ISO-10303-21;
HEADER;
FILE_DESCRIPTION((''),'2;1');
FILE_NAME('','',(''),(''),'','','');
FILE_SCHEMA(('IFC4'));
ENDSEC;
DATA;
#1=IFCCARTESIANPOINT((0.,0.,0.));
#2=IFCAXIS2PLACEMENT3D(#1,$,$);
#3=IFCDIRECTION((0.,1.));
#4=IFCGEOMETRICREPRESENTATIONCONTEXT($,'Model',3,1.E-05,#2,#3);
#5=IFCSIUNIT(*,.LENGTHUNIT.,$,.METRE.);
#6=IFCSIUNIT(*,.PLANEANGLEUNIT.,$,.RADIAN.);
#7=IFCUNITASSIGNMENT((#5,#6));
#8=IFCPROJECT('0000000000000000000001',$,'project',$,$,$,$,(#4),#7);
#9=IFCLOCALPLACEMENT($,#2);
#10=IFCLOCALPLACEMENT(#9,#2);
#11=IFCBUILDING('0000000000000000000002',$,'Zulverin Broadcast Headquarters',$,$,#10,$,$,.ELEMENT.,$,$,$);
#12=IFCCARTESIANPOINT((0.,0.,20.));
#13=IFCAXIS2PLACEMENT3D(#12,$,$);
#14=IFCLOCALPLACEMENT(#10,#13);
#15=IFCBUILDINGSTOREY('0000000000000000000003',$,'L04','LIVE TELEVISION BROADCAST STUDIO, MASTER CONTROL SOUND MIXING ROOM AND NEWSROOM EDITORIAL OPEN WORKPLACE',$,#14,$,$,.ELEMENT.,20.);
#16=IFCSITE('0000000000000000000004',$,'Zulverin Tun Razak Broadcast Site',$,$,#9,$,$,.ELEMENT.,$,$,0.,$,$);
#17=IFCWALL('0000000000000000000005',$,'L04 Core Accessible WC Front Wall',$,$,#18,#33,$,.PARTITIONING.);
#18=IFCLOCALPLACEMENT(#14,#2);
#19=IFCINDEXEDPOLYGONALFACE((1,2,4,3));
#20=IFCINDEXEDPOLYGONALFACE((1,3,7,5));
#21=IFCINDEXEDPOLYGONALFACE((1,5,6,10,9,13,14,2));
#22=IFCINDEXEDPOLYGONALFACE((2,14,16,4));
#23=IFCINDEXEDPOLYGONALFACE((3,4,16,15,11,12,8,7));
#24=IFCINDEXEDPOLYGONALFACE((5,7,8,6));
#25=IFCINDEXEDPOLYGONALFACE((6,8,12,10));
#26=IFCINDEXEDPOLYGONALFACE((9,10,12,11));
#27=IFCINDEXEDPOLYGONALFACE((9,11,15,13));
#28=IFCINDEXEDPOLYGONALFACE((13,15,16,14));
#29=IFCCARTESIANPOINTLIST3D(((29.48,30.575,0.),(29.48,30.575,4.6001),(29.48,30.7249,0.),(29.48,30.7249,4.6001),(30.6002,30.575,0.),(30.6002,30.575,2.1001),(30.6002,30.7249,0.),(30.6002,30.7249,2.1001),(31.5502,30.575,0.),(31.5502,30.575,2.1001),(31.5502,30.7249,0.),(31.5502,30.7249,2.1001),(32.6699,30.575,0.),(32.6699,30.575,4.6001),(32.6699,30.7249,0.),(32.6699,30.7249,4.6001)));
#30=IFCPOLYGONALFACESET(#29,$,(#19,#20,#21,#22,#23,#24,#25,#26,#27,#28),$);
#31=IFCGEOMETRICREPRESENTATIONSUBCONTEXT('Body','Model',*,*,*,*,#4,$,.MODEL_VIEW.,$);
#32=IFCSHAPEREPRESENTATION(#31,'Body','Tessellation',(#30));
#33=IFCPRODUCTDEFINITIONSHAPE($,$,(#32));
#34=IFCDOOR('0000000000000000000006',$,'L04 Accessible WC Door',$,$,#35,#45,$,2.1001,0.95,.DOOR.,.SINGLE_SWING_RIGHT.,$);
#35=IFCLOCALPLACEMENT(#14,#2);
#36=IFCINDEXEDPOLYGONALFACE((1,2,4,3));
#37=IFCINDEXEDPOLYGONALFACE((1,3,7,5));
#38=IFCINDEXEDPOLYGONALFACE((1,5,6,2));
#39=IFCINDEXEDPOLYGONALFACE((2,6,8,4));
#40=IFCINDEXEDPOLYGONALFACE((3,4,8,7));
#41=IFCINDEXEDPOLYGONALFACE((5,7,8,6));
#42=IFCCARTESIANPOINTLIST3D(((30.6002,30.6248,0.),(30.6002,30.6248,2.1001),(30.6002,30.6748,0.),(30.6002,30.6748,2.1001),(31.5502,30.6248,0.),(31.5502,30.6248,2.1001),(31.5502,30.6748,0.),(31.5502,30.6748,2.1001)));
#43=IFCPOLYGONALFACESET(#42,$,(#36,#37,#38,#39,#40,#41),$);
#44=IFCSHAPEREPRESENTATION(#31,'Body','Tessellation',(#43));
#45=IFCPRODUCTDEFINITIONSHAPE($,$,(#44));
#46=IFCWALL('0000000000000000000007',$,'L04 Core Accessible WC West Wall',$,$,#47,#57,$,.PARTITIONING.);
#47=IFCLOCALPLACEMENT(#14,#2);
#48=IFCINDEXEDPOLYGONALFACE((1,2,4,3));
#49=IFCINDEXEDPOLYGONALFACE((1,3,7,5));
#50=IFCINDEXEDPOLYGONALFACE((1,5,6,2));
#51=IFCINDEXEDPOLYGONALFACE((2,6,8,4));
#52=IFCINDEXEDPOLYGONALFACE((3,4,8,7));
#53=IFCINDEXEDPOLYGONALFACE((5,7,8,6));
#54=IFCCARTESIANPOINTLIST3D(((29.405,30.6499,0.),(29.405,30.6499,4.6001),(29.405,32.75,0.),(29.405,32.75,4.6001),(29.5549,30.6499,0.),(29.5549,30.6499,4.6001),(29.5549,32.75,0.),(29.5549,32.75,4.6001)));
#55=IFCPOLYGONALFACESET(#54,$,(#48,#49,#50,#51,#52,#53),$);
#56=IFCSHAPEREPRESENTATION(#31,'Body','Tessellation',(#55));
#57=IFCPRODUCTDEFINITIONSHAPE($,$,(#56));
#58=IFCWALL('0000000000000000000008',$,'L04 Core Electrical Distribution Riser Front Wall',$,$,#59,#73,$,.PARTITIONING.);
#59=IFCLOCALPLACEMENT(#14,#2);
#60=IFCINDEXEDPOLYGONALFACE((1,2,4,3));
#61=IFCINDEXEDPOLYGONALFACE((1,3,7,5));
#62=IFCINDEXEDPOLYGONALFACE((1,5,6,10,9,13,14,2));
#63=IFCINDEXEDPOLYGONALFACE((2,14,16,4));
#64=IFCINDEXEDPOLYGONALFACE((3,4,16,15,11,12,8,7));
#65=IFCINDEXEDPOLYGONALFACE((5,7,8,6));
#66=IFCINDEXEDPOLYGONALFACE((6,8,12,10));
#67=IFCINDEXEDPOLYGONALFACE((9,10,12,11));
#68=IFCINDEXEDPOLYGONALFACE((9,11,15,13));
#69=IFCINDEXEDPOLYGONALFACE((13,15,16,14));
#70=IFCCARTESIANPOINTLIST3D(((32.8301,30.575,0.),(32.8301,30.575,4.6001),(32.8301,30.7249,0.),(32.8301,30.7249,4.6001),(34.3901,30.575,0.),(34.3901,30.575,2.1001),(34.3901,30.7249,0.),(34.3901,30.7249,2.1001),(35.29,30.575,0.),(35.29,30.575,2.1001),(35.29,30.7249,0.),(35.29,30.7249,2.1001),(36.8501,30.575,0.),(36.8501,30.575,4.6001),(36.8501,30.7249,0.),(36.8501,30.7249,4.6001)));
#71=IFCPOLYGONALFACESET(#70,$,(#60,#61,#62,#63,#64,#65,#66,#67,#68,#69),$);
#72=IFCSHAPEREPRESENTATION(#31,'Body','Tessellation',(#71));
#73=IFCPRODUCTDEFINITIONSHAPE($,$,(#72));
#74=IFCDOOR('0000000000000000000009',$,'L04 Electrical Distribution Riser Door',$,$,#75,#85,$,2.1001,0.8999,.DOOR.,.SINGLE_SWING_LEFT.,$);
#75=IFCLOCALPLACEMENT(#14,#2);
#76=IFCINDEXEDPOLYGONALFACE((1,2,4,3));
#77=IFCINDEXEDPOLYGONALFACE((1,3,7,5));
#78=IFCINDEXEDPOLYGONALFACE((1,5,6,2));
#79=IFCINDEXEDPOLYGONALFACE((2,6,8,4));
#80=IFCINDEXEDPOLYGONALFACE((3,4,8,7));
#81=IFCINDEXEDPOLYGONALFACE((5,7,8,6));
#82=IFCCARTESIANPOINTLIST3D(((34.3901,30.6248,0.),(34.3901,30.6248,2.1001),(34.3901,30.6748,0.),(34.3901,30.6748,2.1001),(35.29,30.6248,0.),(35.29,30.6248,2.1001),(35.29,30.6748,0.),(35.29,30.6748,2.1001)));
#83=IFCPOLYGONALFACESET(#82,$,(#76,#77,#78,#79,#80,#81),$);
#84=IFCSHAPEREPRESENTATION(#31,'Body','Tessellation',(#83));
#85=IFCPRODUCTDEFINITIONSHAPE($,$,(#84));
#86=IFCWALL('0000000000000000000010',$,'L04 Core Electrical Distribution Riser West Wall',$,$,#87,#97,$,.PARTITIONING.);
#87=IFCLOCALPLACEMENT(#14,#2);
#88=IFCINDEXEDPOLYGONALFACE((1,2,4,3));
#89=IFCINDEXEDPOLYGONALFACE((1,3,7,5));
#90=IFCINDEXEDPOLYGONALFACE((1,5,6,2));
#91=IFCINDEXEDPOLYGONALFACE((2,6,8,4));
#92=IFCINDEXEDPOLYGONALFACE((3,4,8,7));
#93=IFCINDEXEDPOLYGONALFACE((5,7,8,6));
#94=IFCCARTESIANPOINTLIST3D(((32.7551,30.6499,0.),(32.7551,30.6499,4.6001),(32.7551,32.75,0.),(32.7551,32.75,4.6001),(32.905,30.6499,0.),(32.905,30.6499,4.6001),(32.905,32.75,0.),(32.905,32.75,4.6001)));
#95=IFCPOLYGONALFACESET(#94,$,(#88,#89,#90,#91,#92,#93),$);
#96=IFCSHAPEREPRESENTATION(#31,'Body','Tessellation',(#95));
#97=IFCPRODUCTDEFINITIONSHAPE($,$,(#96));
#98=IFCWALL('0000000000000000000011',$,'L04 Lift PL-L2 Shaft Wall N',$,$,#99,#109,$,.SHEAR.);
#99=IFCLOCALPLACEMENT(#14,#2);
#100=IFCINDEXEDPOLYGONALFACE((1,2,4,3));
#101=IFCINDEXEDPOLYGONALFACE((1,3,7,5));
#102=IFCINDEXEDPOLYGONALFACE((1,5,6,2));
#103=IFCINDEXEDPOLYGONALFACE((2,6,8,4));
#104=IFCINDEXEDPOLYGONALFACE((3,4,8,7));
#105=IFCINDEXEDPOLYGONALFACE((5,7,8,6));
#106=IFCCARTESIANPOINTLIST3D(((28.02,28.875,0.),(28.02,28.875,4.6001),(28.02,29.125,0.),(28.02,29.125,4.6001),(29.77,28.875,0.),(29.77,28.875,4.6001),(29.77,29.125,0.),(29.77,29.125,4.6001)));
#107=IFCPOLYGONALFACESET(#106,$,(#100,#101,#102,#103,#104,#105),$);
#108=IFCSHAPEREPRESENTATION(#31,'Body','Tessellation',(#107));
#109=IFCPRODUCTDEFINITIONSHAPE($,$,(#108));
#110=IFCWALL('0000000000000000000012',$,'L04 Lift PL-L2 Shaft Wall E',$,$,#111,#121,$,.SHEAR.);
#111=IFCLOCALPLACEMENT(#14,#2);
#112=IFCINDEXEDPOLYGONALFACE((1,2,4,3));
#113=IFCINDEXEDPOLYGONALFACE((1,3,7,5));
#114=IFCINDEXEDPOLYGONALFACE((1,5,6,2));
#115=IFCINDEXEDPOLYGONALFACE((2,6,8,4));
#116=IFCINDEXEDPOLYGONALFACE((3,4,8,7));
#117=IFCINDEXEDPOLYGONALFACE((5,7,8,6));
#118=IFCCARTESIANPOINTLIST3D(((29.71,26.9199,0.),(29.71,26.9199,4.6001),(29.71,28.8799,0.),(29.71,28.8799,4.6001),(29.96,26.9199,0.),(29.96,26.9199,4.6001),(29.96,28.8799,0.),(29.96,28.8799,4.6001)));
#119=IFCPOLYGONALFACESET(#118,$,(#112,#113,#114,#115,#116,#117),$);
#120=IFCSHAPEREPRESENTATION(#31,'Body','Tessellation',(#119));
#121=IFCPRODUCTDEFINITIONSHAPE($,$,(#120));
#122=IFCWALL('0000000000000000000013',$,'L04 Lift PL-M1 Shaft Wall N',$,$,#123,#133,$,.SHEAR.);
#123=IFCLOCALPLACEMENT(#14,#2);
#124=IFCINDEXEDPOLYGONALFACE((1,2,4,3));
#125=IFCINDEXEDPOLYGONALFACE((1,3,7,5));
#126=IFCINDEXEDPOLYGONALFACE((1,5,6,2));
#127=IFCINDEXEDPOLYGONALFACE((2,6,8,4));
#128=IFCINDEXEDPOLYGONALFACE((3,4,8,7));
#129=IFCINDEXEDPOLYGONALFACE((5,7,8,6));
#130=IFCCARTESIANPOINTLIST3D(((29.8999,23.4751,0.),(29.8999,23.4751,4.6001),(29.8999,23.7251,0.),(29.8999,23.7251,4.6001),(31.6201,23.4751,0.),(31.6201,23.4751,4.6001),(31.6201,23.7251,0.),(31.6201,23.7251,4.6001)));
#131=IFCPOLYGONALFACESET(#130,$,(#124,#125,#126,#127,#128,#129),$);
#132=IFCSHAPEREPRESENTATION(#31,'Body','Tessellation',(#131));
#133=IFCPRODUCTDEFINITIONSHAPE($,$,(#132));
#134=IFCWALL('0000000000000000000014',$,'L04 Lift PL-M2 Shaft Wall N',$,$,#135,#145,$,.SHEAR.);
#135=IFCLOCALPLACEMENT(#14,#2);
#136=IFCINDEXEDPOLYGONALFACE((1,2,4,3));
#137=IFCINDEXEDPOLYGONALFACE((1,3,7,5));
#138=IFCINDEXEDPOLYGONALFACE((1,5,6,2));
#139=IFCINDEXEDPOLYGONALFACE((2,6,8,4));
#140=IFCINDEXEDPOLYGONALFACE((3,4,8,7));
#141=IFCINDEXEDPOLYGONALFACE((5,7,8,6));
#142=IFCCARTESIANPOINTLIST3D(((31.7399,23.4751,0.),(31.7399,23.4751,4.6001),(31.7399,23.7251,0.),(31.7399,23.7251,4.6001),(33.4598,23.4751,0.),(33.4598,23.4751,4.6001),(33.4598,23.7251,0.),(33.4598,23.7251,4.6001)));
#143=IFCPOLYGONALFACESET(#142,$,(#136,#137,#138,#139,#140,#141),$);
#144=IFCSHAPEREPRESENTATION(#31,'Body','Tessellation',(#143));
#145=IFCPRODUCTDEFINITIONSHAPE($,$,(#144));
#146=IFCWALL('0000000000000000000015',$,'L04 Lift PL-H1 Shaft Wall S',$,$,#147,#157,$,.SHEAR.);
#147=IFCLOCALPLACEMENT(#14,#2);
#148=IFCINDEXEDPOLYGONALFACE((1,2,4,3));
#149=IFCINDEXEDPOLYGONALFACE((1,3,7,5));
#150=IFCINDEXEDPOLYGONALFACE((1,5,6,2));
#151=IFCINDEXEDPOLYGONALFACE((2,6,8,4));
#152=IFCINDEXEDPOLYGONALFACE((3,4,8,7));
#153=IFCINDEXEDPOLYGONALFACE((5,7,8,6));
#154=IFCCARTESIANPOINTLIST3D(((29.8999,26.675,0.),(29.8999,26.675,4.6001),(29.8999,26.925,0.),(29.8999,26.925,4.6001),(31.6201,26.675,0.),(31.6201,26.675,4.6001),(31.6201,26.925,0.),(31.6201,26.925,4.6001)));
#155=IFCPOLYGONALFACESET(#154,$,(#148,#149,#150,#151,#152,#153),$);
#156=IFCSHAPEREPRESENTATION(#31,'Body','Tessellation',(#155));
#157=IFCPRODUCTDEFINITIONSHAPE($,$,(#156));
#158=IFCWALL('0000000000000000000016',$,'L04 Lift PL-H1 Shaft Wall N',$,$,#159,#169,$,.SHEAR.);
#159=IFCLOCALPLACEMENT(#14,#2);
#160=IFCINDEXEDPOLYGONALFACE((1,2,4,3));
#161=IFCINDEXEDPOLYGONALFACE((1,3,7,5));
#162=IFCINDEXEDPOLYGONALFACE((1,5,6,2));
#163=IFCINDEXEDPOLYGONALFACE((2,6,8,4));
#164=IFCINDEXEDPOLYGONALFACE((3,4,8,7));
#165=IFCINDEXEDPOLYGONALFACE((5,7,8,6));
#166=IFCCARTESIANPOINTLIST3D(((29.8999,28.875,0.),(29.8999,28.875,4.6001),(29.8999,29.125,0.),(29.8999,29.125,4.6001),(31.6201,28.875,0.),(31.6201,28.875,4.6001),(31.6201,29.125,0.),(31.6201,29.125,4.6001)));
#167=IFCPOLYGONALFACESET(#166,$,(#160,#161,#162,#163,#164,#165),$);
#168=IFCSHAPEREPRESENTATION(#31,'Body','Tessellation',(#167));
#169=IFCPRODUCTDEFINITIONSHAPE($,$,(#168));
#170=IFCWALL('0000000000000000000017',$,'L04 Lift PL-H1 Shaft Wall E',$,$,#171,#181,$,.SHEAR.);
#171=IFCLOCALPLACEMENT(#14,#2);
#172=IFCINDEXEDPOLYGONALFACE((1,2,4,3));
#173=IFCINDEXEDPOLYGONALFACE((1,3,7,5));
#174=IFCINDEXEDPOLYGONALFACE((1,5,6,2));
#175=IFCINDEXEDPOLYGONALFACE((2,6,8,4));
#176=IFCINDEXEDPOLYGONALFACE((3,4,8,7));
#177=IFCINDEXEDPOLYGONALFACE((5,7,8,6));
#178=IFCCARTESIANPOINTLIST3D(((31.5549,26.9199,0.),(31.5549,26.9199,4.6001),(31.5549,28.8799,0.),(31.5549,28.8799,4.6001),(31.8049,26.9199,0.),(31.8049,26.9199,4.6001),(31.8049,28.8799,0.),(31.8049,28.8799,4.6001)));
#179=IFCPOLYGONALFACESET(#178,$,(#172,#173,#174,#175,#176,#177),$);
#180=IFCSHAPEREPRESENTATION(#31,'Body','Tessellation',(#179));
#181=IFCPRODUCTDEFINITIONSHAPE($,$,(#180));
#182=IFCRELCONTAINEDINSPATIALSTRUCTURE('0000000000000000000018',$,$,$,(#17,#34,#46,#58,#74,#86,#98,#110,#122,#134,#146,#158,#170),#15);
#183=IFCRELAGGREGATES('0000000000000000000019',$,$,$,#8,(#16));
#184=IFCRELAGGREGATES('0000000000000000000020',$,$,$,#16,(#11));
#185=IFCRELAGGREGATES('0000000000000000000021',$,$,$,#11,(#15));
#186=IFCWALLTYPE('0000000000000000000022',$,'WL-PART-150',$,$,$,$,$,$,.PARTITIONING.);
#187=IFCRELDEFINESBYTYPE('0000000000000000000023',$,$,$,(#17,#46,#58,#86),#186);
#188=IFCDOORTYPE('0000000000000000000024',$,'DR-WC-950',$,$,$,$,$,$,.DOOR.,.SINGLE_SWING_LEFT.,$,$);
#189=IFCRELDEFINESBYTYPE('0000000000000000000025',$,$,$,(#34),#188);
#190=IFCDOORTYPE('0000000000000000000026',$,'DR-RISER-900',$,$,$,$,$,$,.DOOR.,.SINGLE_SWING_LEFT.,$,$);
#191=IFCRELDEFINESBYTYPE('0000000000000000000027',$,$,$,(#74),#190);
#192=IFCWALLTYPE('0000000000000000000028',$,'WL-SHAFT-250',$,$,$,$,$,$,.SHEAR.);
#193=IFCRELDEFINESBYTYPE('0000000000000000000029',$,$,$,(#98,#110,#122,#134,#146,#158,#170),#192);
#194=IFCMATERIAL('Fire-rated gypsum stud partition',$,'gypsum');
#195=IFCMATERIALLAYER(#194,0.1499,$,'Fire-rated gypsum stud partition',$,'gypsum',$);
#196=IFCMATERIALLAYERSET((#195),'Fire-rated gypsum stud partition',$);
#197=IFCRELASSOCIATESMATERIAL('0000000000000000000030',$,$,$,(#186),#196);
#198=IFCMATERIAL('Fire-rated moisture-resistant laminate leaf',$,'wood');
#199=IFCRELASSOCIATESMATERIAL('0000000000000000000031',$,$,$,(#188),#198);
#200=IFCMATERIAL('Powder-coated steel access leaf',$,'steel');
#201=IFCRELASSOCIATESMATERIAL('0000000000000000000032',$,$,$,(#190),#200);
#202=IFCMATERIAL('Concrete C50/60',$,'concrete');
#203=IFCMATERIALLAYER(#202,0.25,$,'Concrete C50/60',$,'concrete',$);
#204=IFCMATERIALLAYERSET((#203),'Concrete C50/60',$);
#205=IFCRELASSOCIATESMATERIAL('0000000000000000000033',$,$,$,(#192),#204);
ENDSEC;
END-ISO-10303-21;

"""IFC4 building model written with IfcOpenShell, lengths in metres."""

from ifc_helpers import new_model, si_unit, direction, frame, frame_2d, origin, place, context, subcontext, project, spatial, rectangle, extrude, material, layer, layer_set, type_object, element, fill, save


model = new_model("IFC4")

# Units and contexts
model_context = context("Model", 3, precision=1e-05, world=origin(), true_north=direction((0.0, 1.0)))
body_context = subcontext(model_context, "Body", "Model", "MODEL_VIEW")
ifc_project = project(units=[si_unit("LENGTHUNIT", "METRE"), si_unit("PLANEANGLEUNIT", "RADIAN")], contexts=[model_context])

# Site, building, storey
site_placement = place(None, origin())
site = spatial("IfcSite", under=ifc_project, at=site_placement, Name="Zulverin Tun Razak Broadcast Site", CompositionType="ELEMENT", RefElevation=0.0)
building_placement = place(site_placement, origin())
building = spatial("IfcBuilding", under=site, at=building_placement, Name="Zulverin Broadcast Headquarters", CompositionType="ELEMENT")
storey_placement = place(building_placement, frame((0.0, 0.0, 20.0)))
storey = spatial("IfcBuildingStorey", under=building, at=storey_placement, Name="L04", Description="LIVE TELEVISION BROADCAST STUDIO, MASTER CONTROL SOUND MIXING ROOM AND NEWSROOM EDITORIAL OPEN WORKPLACE", CompositionType="ELEMENT", Elevation=20.0)

# Wall, opening, door
ifc_material_1 = material(Name="Fire-rated gypsum stud partition", Category="gypsum")
ifc_layer_1 = layer(ifc_material_1, 0.1499, Name="Fire-rated gypsum stud partition", Category="gypsum")
ifc_layer_set_1 = layer_set([ifc_layer_1], Name="Fire-rated gypsum stud partition")
wall_type_1 = type_object("IfcWallType", Name="WL-PART-150", PredefinedType="PARTITIONING", material=ifc_layer_set_1)
wall_1_placement = place(storey_placement, frame((29.48, 30.6499, 0.0), z_axis=(0.0, 0.0, 1.0), x_axis=(1.0, 0.0, 0.0)))
wall_1 = element("IfcWall", 1, at=wall_1_placement, inside=storey, type_object=wall_type_1, Name="L04 Core Accessible WC Front Wall", PredefinedType="PARTITIONING", context=body_context, shape_type="SweptSolid", body=[
    extrude(rectangle(XDim=3.1899, YDim=0.1499, at=frame_2d((1.595, 0.0))), origin(), (0.0, 0.0, 1.0), 4.6001),
])
opening_1_placement = place(wall_1_placement, frame((1.1201, 0.0, 0.0)))
opening_1 = element("IfcOpeningElement", 2, at=opening_1_placement, cuts=wall_1, PredefinedType="OPENING", context=body_context, shape_type="SweptSolid", body=[
    extrude(rectangle(XDim=0.95, YDim=2.1001, at=frame_2d((0.4751, 1.05))), frame((0.0, 0.085, 0.0), z_axis=(0.0, -1.0, 0.0), x_axis=(1.0, 0.0, 0.0)), (0.0, 0.0, 1.0), 0.1699),
])
ifc_material_2 = material(Name="Fire-rated moisture-resistant laminate leaf", Category="wood")
door_type_1 = type_object("IfcDoorType", Name="DR-WC-950", OperationType="SINGLE_SWING_LEFT", PredefinedType="DOOR", material=ifc_material_2)
door_1_placement = place(opening_1_placement, origin())
door_1 = element("IfcDoor", 3, at=door_1_placement, inside=storey, type_object=door_type_1, Name="L04 Accessible WC Door", OperationType="SINGLE_SWING_RIGHT", OverallHeight=2.1001, OverallWidth=0.95, PredefinedType="DOOR", context=body_context, shape_type="SweptSolid", body=[
    extrude(rectangle(XDim=0.95, YDim=2.1001, at=frame_2d((0.4751, 1.05))), frame((0.0, 0.0249, 0.0), z_axis=(0.0, -1.0, 0.0), x_axis=(1.0, 0.0, 0.0)), (0.0, 0.0, 1.0), 0.05),
])
fill(opening_1, door_1)

# Wall
wall_2_placement = place(storey_placement, frame((29.48, 30.6499, 0.0), z_axis=(0.0, 0.0, 1.0), x_axis=(0.0, 1.0, 0.0)))
element("IfcWall", 4, at=wall_2_placement, inside=storey, type_object=wall_type_1, Name="L04 Core Accessible WC West Wall", PredefinedType="PARTITIONING", context=body_context, shape_type="SweptSolid", body=[
    extrude(rectangle(XDim=2.1001, YDim=0.1499, at=frame_2d((1.05, 0.0))), origin(), (0.0, 0.0, 1.0), 4.6001),
])

# Wall, opening, door
wall_3_placement = place(storey_placement, frame((32.8301, 30.6499, 0.0), z_axis=(0.0, 0.0, 1.0), x_axis=(1.0, 0.0, 0.0)))
wall_3 = element("IfcWall", 5, at=wall_3_placement, inside=storey, type_object=wall_type_1, Name="L04 Core Electrical Distribution Riser Front Wall", PredefinedType="PARTITIONING", context=body_context, shape_type="SweptSolid", body=[
    extrude(rectangle(XDim=4.02, YDim=0.1499, at=frame_2d((2.01, 0.0))), origin(), (0.0, 0.0, 1.0), 4.6001),
])
opening_2_placement = place(wall_3_placement, frame((1.5601, 0.0, 0.0)))
opening_2 = element("IfcOpeningElement", 6, at=opening_2_placement, cuts=wall_3, PredefinedType="OPENING", context=body_context, shape_type="SweptSolid", body=[
    extrude(rectangle(XDim=0.8999, YDim=2.1001, at=frame_2d((0.45, 1.05))), frame((0.0, 0.085, 0.0), z_axis=(0.0, -1.0, 0.0), x_axis=(1.0, 0.0, 0.0)), (0.0, 0.0, 1.0), 0.1699),
])
ifc_material_3 = material(Name="Powder-coated steel access leaf", Category="steel")
door_type_2 = type_object("IfcDoorType", Name="DR-RISER-900", OperationType="SINGLE_SWING_LEFT", PredefinedType="DOOR", material=ifc_material_3)
door_2_placement = place(opening_2_placement, origin())
door_2 = element("IfcDoor", 7, at=door_2_placement, inside=storey, type_object=door_type_2, Name="L04 Electrical Distribution Riser Door", OperationType="SINGLE_SWING_LEFT", OverallHeight=2.1001, OverallWidth=0.8999, PredefinedType="DOOR", context=body_context, shape_type="SweptSolid", body=[
    extrude(rectangle(XDim=0.8999, YDim=2.1001, at=frame_2d((0.45, 1.05))), frame((0.0, 0.0249, 0.0), z_axis=(0.0, -1.0, 0.0), x_axis=(1.0, 0.0, 0.0)), (0.0, 0.0, 1.0), 0.05),
])
fill(opening_2, door_2)

# Wall
wall_4_placement = place(storey_placement, frame((32.8301, 30.6499, 0.0), z_axis=(0.0, 0.0, 1.0), x_axis=(0.0, 1.0, 0.0)))
element("IfcWall", 8, at=wall_4_placement, inside=storey, type_object=wall_type_1, Name="L04 Core Electrical Distribution Riser West Wall", PredefinedType="PARTITIONING", context=body_context, shape_type="SweptSolid", body=[
    extrude(rectangle(XDim=2.1001, YDim=0.1499, at=frame_2d((1.05, 0.0))), origin(), (0.0, 0.0, 1.0), 4.6001),
])

# Shared definitions
ifc_material_4 = material(Name="Concrete C50/60", Category="concrete")
ifc_layer_2 = layer(ifc_material_4, 0.25, Name="Concrete C50/60", Category="concrete")
ifc_layer_set_2 = layer_set([ifc_layer_2], Name="Concrete C50/60")
wall_type_2 = type_object("IfcWallType", Name="WL-SHAFT-250", PredefinedType="SHEAR", material=ifc_layer_set_2)

# Walls
wall_5_placement = place(storey_placement, frame((28.02, 29.0, 0.0), z_axis=(0.0, 0.0, 1.0), x_axis=(1.0, 0.0, 0.0)))
element("IfcWall", 9, at=wall_5_placement, inside=storey, type_object=wall_type_2, Name="L04 Lift PL-L2 Shaft Wall N", PredefinedType="SHEAR", context=body_context, shape_type="SweptSolid", body=[
    extrude(rectangle(XDim=1.75, YDim=0.25, at=frame_2d((0.875, 0.0))), origin(), (0.0, 0.0, 1.0), 4.6001),
])
wall_6_placement = place(storey_placement, frame((29.835, 26.9199, 0.0), z_axis=(0.0, 0.0, 1.0), x_axis=(0.0, 1.0, 0.0)))
element("IfcWall", 10, at=wall_6_placement, inside=storey, type_object=wall_type_2, Name="L04 Lift PL-L2 Shaft Wall E", PredefinedType="SHEAR", context=body_context, shape_type="SweptSolid", body=[
    extrude(rectangle(XDim=1.96, YDim=0.25, at=frame_2d((0.98, 0.0))), origin(), (0.0, 0.0, 1.0), 4.6001),
])
wall_7_placement = place(storey_placement, frame((29.8999, 23.6001, 0.0), z_axis=(0.0, 0.0, 1.0), x_axis=(1.0, 0.0, 0.0)))
element("IfcWall", 11, at=wall_7_placement, inside=storey, type_object=wall_type_2, Name="L04 Lift PL-M1 Shaft Wall N", PredefinedType="SHEAR", context=body_context, shape_type="SweptSolid", body=[
    extrude(rectangle(XDim=1.7202, YDim=0.25, at=frame_2d((0.8601, 0.0))), origin(), (0.0, 0.0, 1.0), 4.6001),
])
wall_8_placement = place(storey_placement, frame((31.74, 23.6001, 0.0), z_axis=(0.0, 0.0, 1.0), x_axis=(1.0, 0.0, 0.0)))
element("IfcWall", 12, at=wall_8_placement, inside=storey, type_object=wall_type_2, Name="L04 Lift PL-M2 Shaft Wall N", PredefinedType="SHEAR", context=body_context, shape_type="SweptSolid", body=[
    extrude(rectangle(XDim=1.72, YDim=0.25, at=frame_2d((0.8599, 0.0))), origin(), (0.0, 0.0, 1.0), 4.6001),
])
for number, where, z_axis, x_axis, name in (
    (13, (29.8999, 26.8, 0.0), (0.0, 0.0, 1.0), (1.0, 0.0, 0.0), "L04 Lift PL-H1 Shaft Wall S"),
    (14, (29.8999, 29.0, 0.0), (0.0, 0.0, 1.0), (1.0, 0.0, 0.0), "L04 Lift PL-H1 Shaft Wall N"),
):
    element("IfcWall", number, at=place(storey_placement, frame(where, z_axis=z_axis, x_axis=x_axis)), inside=storey, type_object=wall_type_2, Name=name, PredefinedType="SHEAR", context=body_context, shape_type="SweptSolid", body=[
        extrude(rectangle(XDim=1.7202, YDim=0.25, at=frame_2d((0.8601, 0.0))), origin(), (0.0, 0.0, 1.0), 4.6001),
    ])
wall_9_placement = place(storey_placement, frame((31.6799, 26.9199, 0.0), z_axis=(0.0, 0.0, 1.0), x_axis=(0.0, 1.0, 0.0)))
element("IfcWall", 15, at=wall_9_placement, inside=storey, type_object=wall_type_2, Name="L04 Lift PL-H1 Shaft Wall E", PredefinedType="SHEAR", context=body_context, shape_type="SweptSolid", body=[
    extrude(rectangle(XDim=1.96, YDim=0.25, at=frame_2d((0.98, 0.0))), origin(), (0.0, 0.0, 1.0), 4.6001),
])

save(model, "model.ifc")
